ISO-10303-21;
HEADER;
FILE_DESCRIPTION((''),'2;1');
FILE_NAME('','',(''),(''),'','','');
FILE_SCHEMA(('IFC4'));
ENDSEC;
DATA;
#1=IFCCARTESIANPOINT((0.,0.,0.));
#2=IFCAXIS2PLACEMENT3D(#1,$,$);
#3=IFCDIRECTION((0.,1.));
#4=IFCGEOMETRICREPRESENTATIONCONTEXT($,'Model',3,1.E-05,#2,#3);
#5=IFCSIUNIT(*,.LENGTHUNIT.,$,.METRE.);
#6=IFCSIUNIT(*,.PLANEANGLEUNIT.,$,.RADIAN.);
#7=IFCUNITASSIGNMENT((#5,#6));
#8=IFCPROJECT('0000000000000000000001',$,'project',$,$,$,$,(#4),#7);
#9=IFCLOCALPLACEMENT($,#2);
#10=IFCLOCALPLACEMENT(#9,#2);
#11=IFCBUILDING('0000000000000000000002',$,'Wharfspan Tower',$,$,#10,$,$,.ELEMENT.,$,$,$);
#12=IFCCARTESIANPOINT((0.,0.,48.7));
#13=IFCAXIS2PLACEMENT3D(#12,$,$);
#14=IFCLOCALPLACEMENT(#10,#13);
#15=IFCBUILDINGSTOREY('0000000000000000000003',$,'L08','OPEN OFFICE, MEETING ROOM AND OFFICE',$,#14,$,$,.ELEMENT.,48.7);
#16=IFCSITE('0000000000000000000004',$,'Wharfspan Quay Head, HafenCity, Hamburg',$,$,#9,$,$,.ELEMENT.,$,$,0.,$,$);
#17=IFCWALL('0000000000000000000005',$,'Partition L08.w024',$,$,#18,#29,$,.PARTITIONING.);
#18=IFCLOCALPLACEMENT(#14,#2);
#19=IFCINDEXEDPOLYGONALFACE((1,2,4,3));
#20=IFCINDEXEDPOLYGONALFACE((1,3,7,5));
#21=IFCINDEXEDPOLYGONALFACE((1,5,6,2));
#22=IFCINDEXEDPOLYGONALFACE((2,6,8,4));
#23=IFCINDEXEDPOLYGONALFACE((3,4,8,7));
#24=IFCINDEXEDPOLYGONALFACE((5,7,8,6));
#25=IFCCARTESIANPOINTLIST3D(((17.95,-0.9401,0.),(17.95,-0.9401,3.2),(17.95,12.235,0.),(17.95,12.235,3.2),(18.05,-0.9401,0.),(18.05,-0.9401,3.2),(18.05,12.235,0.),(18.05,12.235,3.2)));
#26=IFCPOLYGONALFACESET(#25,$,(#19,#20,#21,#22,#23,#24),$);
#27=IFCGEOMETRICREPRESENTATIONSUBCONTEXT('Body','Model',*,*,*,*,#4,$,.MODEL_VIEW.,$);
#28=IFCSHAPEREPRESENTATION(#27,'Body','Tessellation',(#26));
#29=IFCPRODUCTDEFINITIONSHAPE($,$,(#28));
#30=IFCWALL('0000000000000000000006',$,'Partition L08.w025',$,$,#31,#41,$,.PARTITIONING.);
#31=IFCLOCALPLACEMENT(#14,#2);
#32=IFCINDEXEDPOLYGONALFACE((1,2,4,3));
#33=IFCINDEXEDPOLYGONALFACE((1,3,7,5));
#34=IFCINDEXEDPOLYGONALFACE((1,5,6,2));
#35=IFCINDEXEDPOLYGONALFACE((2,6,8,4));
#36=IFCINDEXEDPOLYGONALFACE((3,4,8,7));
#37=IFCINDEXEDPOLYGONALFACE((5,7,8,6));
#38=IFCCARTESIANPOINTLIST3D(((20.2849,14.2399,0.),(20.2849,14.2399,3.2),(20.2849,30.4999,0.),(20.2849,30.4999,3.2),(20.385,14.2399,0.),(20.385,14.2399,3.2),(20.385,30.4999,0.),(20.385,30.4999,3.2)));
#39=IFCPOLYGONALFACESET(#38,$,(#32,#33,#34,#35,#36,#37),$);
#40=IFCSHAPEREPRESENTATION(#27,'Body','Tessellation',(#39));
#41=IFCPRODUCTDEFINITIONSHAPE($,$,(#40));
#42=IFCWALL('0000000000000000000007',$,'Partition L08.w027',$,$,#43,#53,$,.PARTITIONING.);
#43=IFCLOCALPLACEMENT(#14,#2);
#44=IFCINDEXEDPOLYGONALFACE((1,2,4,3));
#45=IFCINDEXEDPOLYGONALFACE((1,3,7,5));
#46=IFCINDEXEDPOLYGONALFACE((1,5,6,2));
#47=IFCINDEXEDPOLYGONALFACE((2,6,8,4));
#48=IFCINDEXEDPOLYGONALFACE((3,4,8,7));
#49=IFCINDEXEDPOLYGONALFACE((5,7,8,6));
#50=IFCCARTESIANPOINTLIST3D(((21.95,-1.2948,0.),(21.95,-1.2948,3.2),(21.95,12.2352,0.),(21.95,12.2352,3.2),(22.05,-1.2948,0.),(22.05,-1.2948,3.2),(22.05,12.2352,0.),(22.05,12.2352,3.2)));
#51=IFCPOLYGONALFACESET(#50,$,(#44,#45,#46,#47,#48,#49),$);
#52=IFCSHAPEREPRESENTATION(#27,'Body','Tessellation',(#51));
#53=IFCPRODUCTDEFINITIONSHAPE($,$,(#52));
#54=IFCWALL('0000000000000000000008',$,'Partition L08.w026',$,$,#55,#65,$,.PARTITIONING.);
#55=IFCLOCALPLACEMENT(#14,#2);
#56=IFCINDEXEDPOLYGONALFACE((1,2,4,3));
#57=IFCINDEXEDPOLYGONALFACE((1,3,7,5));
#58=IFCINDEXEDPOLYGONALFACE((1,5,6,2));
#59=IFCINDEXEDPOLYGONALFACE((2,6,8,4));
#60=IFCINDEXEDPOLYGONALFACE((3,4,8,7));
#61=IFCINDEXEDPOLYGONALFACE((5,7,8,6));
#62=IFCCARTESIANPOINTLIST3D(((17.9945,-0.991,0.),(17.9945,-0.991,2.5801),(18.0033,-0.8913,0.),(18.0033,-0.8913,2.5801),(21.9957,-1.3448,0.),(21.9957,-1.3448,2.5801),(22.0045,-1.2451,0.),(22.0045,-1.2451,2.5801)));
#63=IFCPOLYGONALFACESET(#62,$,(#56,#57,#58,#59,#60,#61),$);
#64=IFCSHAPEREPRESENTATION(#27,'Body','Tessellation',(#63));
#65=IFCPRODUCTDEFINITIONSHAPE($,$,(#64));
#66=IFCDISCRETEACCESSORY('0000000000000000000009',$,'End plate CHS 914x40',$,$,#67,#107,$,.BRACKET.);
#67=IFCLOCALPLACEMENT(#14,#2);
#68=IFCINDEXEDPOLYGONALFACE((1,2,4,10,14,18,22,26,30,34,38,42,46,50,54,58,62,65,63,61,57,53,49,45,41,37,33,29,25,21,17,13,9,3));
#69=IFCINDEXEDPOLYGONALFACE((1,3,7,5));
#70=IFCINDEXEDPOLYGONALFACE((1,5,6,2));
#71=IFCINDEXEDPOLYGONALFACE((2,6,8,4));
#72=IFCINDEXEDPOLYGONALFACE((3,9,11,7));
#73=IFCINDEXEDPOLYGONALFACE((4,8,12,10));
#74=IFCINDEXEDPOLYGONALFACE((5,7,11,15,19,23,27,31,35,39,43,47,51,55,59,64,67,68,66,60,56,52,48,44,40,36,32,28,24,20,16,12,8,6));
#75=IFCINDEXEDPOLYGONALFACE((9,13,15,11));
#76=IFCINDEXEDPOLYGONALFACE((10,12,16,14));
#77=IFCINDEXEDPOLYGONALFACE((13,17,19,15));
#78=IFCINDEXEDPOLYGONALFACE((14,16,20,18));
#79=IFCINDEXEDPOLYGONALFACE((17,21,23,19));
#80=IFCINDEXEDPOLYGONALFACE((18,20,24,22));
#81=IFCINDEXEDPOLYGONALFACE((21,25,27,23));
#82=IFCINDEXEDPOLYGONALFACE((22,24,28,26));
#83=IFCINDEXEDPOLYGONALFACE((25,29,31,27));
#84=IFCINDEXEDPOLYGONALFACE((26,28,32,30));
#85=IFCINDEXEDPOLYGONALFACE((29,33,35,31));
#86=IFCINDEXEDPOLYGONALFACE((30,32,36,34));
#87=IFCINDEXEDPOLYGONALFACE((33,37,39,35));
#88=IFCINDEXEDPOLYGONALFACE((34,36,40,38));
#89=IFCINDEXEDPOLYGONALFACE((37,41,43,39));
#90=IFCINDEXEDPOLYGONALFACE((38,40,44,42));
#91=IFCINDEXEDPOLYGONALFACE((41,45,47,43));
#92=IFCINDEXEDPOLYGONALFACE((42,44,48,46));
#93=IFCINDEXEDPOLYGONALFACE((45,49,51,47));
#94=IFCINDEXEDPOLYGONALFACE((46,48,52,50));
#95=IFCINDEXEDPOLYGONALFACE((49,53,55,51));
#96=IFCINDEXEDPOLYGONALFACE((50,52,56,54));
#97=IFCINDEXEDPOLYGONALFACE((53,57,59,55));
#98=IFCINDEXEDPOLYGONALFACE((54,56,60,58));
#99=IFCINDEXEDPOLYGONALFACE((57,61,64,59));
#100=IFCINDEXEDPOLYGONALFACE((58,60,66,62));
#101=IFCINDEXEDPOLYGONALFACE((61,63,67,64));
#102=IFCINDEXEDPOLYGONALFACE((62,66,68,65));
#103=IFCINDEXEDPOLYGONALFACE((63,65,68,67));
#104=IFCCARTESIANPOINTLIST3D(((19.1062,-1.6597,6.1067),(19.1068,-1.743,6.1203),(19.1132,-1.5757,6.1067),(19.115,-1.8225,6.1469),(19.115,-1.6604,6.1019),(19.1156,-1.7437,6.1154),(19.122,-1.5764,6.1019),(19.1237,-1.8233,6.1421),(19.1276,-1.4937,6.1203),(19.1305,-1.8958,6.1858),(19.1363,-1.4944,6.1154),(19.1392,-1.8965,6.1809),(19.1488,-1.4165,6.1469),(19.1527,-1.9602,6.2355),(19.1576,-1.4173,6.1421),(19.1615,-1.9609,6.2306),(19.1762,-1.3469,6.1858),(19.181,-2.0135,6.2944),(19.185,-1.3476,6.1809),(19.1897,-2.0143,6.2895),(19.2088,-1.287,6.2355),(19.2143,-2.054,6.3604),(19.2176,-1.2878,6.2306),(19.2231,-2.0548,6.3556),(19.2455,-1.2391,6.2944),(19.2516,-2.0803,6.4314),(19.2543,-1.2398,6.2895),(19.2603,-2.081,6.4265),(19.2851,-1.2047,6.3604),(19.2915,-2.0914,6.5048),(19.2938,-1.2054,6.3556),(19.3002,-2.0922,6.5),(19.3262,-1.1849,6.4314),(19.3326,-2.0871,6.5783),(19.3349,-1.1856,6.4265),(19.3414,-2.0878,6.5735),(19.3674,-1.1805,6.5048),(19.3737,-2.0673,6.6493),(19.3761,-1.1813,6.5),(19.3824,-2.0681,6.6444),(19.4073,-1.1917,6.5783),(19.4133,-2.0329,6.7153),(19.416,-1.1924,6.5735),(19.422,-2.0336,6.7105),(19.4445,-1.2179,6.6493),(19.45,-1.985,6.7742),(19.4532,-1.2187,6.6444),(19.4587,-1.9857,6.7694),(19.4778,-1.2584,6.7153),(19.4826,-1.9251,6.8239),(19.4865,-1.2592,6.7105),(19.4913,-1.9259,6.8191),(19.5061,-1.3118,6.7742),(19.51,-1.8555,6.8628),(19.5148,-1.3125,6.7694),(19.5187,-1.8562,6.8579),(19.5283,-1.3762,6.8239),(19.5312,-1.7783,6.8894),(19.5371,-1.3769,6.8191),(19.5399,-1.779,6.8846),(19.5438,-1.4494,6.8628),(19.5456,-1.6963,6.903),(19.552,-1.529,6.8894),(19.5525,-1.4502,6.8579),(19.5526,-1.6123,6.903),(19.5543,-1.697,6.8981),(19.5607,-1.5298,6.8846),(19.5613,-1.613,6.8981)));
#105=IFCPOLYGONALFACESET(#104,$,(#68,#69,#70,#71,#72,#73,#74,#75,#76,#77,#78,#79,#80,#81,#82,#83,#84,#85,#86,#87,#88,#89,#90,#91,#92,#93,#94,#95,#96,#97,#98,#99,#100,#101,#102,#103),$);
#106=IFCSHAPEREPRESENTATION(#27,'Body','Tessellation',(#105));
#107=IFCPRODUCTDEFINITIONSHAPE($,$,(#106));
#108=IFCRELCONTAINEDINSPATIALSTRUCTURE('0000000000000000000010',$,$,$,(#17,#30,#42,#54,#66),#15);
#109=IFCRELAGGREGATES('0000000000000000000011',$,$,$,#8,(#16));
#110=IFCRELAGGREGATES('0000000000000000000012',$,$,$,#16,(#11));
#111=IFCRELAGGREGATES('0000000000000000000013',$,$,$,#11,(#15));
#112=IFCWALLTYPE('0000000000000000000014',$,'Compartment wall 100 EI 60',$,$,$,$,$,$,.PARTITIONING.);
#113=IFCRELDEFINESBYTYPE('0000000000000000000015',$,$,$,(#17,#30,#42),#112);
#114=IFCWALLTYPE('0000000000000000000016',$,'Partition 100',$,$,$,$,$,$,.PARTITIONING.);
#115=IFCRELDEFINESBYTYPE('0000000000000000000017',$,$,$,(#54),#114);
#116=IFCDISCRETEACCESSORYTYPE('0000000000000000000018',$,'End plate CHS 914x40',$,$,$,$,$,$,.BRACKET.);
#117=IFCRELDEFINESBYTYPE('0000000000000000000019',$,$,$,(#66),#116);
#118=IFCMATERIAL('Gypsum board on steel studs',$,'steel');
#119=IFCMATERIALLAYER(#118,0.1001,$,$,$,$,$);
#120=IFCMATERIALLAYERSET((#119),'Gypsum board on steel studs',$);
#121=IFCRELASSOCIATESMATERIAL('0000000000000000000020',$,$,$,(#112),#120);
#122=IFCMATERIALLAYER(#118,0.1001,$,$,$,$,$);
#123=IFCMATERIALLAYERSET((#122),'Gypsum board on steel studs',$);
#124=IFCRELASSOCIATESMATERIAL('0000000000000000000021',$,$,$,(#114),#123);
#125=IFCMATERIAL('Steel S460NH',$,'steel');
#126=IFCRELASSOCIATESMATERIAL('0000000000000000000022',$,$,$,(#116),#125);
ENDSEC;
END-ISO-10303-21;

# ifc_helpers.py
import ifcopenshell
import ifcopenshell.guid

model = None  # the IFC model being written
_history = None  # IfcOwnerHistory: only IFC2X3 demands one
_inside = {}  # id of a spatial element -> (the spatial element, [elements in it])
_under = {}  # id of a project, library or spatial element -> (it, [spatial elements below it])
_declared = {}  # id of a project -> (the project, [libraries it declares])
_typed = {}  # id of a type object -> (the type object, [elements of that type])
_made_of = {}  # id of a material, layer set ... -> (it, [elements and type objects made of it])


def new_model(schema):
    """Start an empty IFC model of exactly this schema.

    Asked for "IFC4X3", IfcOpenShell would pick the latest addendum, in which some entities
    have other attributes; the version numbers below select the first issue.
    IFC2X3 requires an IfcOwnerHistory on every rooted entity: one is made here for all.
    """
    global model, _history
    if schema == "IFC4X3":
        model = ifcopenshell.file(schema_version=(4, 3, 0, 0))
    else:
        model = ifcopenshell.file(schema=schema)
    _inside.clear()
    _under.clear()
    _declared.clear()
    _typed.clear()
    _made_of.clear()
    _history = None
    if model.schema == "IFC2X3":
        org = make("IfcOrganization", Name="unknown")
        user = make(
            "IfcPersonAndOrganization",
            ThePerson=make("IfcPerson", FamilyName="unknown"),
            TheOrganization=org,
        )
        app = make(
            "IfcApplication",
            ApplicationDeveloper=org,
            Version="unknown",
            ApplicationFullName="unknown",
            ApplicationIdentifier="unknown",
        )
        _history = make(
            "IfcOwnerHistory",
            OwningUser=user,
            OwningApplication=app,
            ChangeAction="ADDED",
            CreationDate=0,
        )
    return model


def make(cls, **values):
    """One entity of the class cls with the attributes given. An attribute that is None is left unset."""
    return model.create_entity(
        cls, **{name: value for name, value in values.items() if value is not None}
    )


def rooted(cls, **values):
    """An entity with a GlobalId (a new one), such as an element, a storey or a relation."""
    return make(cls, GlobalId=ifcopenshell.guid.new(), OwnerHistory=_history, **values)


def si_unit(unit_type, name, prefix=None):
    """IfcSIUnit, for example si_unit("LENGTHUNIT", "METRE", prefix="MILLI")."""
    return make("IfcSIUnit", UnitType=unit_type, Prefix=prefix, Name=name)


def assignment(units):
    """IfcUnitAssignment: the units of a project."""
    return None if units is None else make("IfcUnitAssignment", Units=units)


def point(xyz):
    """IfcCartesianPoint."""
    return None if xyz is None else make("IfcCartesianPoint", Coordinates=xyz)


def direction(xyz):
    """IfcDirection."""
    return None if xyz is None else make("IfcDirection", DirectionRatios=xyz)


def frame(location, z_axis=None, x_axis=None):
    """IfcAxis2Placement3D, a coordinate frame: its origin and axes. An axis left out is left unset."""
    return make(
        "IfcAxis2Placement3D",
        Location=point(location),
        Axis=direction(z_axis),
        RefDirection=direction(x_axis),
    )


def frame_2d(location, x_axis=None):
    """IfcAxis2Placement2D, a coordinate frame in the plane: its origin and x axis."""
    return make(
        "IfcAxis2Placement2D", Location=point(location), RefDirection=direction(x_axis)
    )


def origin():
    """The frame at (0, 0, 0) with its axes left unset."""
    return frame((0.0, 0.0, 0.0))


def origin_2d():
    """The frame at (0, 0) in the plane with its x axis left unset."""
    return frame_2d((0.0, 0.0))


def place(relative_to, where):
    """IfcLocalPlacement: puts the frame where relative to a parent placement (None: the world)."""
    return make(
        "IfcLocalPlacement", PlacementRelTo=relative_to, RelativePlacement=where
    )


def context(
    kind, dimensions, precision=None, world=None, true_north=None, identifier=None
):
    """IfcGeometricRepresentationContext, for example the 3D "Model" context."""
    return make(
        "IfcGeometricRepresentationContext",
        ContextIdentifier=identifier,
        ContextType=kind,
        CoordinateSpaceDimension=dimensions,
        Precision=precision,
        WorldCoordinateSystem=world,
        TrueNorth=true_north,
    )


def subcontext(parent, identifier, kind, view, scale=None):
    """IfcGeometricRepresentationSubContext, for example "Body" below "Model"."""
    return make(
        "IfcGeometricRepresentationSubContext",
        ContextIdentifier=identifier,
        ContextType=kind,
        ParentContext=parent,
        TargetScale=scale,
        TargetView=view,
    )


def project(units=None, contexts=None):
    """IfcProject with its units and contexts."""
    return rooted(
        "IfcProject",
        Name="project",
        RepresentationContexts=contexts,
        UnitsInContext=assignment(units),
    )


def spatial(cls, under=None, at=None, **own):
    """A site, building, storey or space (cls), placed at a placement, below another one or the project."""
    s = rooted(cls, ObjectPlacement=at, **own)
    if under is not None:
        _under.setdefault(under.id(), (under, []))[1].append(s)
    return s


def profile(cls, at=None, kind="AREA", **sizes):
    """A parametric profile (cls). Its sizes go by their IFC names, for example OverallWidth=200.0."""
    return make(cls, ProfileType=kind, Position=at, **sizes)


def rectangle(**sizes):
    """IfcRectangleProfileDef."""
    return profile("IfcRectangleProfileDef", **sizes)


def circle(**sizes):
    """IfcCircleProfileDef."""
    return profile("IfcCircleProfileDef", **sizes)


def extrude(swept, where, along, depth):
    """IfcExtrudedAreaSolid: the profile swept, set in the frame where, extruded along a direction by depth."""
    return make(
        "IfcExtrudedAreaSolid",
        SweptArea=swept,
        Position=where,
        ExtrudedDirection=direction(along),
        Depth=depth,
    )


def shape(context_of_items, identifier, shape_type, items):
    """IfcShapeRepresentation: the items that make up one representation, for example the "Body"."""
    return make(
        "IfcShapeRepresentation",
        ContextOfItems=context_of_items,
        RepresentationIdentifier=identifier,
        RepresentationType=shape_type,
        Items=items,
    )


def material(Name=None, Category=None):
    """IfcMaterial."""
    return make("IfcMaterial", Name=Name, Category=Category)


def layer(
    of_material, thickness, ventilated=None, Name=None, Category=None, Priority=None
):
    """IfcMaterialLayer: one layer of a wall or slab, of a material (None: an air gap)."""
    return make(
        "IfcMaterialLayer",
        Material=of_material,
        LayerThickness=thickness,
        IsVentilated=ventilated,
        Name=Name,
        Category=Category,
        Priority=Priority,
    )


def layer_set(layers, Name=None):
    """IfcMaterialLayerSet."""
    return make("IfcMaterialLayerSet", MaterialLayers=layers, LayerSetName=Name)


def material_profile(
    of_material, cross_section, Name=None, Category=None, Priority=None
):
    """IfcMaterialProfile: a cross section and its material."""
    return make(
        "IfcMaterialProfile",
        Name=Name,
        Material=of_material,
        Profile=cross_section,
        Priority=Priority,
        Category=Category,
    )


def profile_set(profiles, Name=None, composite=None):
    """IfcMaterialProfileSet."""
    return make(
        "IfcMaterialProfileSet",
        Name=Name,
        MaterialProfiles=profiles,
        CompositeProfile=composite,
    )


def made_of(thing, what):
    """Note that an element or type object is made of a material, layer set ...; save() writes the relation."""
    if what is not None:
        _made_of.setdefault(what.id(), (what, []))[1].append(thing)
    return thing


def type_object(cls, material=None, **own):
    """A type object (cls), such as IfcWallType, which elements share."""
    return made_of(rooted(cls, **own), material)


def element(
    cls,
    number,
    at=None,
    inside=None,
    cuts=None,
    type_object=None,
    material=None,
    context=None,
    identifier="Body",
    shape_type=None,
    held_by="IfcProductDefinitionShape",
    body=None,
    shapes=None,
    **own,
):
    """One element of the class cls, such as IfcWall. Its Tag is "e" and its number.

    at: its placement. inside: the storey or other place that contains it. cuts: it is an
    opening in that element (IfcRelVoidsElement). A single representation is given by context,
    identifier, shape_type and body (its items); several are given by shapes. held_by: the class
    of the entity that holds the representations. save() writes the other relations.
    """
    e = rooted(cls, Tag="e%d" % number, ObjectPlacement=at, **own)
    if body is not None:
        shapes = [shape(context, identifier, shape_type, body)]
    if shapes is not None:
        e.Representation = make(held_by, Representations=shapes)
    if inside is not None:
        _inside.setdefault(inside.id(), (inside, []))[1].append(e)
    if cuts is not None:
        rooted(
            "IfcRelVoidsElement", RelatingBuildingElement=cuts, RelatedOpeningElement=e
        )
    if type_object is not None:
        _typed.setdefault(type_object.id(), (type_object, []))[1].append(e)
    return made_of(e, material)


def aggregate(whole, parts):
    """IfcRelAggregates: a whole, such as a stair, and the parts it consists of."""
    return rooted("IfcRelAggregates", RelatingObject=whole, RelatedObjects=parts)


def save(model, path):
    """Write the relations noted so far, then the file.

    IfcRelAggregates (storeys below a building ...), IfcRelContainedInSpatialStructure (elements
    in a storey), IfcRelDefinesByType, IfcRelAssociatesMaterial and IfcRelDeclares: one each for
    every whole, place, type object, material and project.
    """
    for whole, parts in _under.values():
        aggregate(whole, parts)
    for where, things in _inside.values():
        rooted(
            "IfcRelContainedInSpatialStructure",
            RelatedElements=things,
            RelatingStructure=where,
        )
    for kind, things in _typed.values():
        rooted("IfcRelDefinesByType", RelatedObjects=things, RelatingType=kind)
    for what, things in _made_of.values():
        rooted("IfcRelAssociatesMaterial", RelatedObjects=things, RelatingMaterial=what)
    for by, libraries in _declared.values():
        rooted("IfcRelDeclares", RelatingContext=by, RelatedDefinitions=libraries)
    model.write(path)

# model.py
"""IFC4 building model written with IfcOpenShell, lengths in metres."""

from ifc_helpers import new_model, si_unit, direction, frame, frame_2d, origin, origin_2d, place, context, subcontext, project, spatial, rectangle, circle, extrude, material, layer, layer_set, material_profile, profile_set, type_object, element, save


model = new_model("IFC4")

# Units and contexts
model_context = context("Model", 3, precision=1e-05, world=origin(), true_north=direction((0.0, 1.0)))
body_context = subcontext(model_context, "Body", "Model", "MODEL_VIEW")
ifc_project = project(units=[si_unit("LENGTHUNIT", "METRE"), si_unit("PLANEANGLEUNIT", "RADIAN")], contexts=[model_context])

# Site, building, storey
site_placement = place(None, origin())
site = spatial("IfcSite", under=ifc_project, at=site_placement, Name="Wharfspan Quay Head, HafenCity, Hamburg", CompositionType="ELEMENT", RefElevation=0.0)
building_placement = place(site_placement, origin())
building = spatial("IfcBuilding", under=site, at=building_placement, Name="Wharfspan Tower", CompositionType="ELEMENT")
storey_placement = place(building_placement, frame((0.0, 0.0, 48.7)))
storey = spatial("IfcBuildingStorey", under=building, at=storey_placement, Name="L08", Description="OPEN OFFICE, MEETING ROOM AND OFFICE", CompositionType="ELEMENT", Elevation=48.7)

# Walls
ifc_material_1 = material(Name="Gypsum board on steel studs", Category="steel")
ifc_layer_1 = layer(ifc_material_1, 0.1001)
ifc_layer_set_1 = layer_set([ifc_layer_1], Name="Gypsum board on steel studs")
wall_type_1 = type_object("IfcWallType", Name="Compartment wall 100 EI 60", PredefinedType="PARTITIONING", material=ifc_layer_set_1)
wall_1_placement = place(storey_placement, frame((18.0, -0.9399, 0.0), z_axis=(0.0, 0.0, 1.0), x_axis=(0.0, 1.0, 0.0)))
element("IfcWall", 1, at=wall_1_placement, inside=storey, type_object=wall_type_1, Name="Partition L08.w024", PredefinedType="PARTITIONING", context=body_context, shape_type="SweptSolid", body=[
    extrude(rectangle(XDim=13.175, YDim=0.1001, at=frame_2d((6.5874, 0.0))), origin(), (0.0, 0.0, 1.0), 3.2),
])
wall_2_placement = place(storey_placement, frame((20.335, 14.24, 0.0), z_axis=(0.0, 0.0, 1.0), x_axis=(0.0, 1.0, 0.0)))
element("IfcWall", 2, at=wall_2_placement, inside=storey, type_object=wall_type_1, Name="Partition L08.w025", PredefinedType="PARTITIONING", context=body_context, shape_type="SweptSolid", body=[
    extrude(rectangle(XDim=16.26, YDim=0.1001, at=frame_2d((8.1299, 0.0))), origin(), (0.0, 0.0, 1.0), 3.2),
])
wall_3_placement = place(storey_placement, frame((22.0, -1.2949, 0.0), z_axis=(0.0, 0.0, 1.0), x_axis=(0.0, 1.0, 0.0)))
element("IfcWall", 3, at=wall_3_placement, inside=storey, type_object=wall_type_1, Name="Partition L08.w027", PredefinedType="PARTITIONING", context=body_context, shape_type="SweptSolid", body=[
    extrude(rectangle(XDim=13.53, YDim=0.1001, at=frame_2d((6.7651, 0.0))), origin(), (0.0, 0.0, 1.0), 3.2),
])
ifc_layer_2 = layer(ifc_material_1, 0.1001)
ifc_layer_set_2 = layer_set([ifc_layer_2], Name="Gypsum board on steel studs")
wall_type_2 = type_object("IfcWallType", Name="Partition 100", PredefinedType="PARTITIONING", material=ifc_layer_set_2)
wall_4_placement = place(storey_placement, frame((22.0, -1.2949, 0.0), z_axis=(0.0, 0.0, 1.0), x_axis=(-0.99611, 0.088069, 0.0)))
element("IfcWall", 4, at=wall_4_placement, inside=storey, type_object=wall_type_2, Name="Partition L08.w026", PredefinedType="PARTITIONING", context=body_context, shape_type="SweptSolid", body=[
    extrude(rectangle(XDim=4.0168, YDim=0.1001, at=frame_2d((2.0083, 0.0))), origin(), (0.0, 0.0, 1.0), 2.5801),
])

# Discrete accessory
ifc_material_2 = material(Name="Steel S460NH", Category="steel")
ifc_material_profile_1 = material_profile(ifc_material_2, circle(Radius=0.457, at=origin_2d()))
ifc_profile_set_1 = profile_set([ifc_material_profile_1], Name="Steel S460NH")
discrete_accessory_type = type_object("IfcDiscreteAccessoryType", Name="End plate CHS 914x40", PredefinedType="BRACKET", material=ifc_profile_set_1)
discrete_accessory_placement = place(storey_placement, frame((19.3381, -1.6367, 6.5), z_axis=(-0.871847, 0.072654, 0.484359), x_axis=(-0.083044, -0.996547, 0.000003)))
element("IfcDiscreteAccessory", 5, at=discrete_accessory_placement, inside=storey, type_object=discrete_accessory_type, Name="End plate CHS 914x40", PredefinedType="BRACKET", context=body_context, shape_type="SweptSolid", body=[
    extrude(circle(Radius=0.457, at=origin_2d()), origin(), (0.0, 0.0, 1.0), 0.01),
])

save(model, "model.ifc")
